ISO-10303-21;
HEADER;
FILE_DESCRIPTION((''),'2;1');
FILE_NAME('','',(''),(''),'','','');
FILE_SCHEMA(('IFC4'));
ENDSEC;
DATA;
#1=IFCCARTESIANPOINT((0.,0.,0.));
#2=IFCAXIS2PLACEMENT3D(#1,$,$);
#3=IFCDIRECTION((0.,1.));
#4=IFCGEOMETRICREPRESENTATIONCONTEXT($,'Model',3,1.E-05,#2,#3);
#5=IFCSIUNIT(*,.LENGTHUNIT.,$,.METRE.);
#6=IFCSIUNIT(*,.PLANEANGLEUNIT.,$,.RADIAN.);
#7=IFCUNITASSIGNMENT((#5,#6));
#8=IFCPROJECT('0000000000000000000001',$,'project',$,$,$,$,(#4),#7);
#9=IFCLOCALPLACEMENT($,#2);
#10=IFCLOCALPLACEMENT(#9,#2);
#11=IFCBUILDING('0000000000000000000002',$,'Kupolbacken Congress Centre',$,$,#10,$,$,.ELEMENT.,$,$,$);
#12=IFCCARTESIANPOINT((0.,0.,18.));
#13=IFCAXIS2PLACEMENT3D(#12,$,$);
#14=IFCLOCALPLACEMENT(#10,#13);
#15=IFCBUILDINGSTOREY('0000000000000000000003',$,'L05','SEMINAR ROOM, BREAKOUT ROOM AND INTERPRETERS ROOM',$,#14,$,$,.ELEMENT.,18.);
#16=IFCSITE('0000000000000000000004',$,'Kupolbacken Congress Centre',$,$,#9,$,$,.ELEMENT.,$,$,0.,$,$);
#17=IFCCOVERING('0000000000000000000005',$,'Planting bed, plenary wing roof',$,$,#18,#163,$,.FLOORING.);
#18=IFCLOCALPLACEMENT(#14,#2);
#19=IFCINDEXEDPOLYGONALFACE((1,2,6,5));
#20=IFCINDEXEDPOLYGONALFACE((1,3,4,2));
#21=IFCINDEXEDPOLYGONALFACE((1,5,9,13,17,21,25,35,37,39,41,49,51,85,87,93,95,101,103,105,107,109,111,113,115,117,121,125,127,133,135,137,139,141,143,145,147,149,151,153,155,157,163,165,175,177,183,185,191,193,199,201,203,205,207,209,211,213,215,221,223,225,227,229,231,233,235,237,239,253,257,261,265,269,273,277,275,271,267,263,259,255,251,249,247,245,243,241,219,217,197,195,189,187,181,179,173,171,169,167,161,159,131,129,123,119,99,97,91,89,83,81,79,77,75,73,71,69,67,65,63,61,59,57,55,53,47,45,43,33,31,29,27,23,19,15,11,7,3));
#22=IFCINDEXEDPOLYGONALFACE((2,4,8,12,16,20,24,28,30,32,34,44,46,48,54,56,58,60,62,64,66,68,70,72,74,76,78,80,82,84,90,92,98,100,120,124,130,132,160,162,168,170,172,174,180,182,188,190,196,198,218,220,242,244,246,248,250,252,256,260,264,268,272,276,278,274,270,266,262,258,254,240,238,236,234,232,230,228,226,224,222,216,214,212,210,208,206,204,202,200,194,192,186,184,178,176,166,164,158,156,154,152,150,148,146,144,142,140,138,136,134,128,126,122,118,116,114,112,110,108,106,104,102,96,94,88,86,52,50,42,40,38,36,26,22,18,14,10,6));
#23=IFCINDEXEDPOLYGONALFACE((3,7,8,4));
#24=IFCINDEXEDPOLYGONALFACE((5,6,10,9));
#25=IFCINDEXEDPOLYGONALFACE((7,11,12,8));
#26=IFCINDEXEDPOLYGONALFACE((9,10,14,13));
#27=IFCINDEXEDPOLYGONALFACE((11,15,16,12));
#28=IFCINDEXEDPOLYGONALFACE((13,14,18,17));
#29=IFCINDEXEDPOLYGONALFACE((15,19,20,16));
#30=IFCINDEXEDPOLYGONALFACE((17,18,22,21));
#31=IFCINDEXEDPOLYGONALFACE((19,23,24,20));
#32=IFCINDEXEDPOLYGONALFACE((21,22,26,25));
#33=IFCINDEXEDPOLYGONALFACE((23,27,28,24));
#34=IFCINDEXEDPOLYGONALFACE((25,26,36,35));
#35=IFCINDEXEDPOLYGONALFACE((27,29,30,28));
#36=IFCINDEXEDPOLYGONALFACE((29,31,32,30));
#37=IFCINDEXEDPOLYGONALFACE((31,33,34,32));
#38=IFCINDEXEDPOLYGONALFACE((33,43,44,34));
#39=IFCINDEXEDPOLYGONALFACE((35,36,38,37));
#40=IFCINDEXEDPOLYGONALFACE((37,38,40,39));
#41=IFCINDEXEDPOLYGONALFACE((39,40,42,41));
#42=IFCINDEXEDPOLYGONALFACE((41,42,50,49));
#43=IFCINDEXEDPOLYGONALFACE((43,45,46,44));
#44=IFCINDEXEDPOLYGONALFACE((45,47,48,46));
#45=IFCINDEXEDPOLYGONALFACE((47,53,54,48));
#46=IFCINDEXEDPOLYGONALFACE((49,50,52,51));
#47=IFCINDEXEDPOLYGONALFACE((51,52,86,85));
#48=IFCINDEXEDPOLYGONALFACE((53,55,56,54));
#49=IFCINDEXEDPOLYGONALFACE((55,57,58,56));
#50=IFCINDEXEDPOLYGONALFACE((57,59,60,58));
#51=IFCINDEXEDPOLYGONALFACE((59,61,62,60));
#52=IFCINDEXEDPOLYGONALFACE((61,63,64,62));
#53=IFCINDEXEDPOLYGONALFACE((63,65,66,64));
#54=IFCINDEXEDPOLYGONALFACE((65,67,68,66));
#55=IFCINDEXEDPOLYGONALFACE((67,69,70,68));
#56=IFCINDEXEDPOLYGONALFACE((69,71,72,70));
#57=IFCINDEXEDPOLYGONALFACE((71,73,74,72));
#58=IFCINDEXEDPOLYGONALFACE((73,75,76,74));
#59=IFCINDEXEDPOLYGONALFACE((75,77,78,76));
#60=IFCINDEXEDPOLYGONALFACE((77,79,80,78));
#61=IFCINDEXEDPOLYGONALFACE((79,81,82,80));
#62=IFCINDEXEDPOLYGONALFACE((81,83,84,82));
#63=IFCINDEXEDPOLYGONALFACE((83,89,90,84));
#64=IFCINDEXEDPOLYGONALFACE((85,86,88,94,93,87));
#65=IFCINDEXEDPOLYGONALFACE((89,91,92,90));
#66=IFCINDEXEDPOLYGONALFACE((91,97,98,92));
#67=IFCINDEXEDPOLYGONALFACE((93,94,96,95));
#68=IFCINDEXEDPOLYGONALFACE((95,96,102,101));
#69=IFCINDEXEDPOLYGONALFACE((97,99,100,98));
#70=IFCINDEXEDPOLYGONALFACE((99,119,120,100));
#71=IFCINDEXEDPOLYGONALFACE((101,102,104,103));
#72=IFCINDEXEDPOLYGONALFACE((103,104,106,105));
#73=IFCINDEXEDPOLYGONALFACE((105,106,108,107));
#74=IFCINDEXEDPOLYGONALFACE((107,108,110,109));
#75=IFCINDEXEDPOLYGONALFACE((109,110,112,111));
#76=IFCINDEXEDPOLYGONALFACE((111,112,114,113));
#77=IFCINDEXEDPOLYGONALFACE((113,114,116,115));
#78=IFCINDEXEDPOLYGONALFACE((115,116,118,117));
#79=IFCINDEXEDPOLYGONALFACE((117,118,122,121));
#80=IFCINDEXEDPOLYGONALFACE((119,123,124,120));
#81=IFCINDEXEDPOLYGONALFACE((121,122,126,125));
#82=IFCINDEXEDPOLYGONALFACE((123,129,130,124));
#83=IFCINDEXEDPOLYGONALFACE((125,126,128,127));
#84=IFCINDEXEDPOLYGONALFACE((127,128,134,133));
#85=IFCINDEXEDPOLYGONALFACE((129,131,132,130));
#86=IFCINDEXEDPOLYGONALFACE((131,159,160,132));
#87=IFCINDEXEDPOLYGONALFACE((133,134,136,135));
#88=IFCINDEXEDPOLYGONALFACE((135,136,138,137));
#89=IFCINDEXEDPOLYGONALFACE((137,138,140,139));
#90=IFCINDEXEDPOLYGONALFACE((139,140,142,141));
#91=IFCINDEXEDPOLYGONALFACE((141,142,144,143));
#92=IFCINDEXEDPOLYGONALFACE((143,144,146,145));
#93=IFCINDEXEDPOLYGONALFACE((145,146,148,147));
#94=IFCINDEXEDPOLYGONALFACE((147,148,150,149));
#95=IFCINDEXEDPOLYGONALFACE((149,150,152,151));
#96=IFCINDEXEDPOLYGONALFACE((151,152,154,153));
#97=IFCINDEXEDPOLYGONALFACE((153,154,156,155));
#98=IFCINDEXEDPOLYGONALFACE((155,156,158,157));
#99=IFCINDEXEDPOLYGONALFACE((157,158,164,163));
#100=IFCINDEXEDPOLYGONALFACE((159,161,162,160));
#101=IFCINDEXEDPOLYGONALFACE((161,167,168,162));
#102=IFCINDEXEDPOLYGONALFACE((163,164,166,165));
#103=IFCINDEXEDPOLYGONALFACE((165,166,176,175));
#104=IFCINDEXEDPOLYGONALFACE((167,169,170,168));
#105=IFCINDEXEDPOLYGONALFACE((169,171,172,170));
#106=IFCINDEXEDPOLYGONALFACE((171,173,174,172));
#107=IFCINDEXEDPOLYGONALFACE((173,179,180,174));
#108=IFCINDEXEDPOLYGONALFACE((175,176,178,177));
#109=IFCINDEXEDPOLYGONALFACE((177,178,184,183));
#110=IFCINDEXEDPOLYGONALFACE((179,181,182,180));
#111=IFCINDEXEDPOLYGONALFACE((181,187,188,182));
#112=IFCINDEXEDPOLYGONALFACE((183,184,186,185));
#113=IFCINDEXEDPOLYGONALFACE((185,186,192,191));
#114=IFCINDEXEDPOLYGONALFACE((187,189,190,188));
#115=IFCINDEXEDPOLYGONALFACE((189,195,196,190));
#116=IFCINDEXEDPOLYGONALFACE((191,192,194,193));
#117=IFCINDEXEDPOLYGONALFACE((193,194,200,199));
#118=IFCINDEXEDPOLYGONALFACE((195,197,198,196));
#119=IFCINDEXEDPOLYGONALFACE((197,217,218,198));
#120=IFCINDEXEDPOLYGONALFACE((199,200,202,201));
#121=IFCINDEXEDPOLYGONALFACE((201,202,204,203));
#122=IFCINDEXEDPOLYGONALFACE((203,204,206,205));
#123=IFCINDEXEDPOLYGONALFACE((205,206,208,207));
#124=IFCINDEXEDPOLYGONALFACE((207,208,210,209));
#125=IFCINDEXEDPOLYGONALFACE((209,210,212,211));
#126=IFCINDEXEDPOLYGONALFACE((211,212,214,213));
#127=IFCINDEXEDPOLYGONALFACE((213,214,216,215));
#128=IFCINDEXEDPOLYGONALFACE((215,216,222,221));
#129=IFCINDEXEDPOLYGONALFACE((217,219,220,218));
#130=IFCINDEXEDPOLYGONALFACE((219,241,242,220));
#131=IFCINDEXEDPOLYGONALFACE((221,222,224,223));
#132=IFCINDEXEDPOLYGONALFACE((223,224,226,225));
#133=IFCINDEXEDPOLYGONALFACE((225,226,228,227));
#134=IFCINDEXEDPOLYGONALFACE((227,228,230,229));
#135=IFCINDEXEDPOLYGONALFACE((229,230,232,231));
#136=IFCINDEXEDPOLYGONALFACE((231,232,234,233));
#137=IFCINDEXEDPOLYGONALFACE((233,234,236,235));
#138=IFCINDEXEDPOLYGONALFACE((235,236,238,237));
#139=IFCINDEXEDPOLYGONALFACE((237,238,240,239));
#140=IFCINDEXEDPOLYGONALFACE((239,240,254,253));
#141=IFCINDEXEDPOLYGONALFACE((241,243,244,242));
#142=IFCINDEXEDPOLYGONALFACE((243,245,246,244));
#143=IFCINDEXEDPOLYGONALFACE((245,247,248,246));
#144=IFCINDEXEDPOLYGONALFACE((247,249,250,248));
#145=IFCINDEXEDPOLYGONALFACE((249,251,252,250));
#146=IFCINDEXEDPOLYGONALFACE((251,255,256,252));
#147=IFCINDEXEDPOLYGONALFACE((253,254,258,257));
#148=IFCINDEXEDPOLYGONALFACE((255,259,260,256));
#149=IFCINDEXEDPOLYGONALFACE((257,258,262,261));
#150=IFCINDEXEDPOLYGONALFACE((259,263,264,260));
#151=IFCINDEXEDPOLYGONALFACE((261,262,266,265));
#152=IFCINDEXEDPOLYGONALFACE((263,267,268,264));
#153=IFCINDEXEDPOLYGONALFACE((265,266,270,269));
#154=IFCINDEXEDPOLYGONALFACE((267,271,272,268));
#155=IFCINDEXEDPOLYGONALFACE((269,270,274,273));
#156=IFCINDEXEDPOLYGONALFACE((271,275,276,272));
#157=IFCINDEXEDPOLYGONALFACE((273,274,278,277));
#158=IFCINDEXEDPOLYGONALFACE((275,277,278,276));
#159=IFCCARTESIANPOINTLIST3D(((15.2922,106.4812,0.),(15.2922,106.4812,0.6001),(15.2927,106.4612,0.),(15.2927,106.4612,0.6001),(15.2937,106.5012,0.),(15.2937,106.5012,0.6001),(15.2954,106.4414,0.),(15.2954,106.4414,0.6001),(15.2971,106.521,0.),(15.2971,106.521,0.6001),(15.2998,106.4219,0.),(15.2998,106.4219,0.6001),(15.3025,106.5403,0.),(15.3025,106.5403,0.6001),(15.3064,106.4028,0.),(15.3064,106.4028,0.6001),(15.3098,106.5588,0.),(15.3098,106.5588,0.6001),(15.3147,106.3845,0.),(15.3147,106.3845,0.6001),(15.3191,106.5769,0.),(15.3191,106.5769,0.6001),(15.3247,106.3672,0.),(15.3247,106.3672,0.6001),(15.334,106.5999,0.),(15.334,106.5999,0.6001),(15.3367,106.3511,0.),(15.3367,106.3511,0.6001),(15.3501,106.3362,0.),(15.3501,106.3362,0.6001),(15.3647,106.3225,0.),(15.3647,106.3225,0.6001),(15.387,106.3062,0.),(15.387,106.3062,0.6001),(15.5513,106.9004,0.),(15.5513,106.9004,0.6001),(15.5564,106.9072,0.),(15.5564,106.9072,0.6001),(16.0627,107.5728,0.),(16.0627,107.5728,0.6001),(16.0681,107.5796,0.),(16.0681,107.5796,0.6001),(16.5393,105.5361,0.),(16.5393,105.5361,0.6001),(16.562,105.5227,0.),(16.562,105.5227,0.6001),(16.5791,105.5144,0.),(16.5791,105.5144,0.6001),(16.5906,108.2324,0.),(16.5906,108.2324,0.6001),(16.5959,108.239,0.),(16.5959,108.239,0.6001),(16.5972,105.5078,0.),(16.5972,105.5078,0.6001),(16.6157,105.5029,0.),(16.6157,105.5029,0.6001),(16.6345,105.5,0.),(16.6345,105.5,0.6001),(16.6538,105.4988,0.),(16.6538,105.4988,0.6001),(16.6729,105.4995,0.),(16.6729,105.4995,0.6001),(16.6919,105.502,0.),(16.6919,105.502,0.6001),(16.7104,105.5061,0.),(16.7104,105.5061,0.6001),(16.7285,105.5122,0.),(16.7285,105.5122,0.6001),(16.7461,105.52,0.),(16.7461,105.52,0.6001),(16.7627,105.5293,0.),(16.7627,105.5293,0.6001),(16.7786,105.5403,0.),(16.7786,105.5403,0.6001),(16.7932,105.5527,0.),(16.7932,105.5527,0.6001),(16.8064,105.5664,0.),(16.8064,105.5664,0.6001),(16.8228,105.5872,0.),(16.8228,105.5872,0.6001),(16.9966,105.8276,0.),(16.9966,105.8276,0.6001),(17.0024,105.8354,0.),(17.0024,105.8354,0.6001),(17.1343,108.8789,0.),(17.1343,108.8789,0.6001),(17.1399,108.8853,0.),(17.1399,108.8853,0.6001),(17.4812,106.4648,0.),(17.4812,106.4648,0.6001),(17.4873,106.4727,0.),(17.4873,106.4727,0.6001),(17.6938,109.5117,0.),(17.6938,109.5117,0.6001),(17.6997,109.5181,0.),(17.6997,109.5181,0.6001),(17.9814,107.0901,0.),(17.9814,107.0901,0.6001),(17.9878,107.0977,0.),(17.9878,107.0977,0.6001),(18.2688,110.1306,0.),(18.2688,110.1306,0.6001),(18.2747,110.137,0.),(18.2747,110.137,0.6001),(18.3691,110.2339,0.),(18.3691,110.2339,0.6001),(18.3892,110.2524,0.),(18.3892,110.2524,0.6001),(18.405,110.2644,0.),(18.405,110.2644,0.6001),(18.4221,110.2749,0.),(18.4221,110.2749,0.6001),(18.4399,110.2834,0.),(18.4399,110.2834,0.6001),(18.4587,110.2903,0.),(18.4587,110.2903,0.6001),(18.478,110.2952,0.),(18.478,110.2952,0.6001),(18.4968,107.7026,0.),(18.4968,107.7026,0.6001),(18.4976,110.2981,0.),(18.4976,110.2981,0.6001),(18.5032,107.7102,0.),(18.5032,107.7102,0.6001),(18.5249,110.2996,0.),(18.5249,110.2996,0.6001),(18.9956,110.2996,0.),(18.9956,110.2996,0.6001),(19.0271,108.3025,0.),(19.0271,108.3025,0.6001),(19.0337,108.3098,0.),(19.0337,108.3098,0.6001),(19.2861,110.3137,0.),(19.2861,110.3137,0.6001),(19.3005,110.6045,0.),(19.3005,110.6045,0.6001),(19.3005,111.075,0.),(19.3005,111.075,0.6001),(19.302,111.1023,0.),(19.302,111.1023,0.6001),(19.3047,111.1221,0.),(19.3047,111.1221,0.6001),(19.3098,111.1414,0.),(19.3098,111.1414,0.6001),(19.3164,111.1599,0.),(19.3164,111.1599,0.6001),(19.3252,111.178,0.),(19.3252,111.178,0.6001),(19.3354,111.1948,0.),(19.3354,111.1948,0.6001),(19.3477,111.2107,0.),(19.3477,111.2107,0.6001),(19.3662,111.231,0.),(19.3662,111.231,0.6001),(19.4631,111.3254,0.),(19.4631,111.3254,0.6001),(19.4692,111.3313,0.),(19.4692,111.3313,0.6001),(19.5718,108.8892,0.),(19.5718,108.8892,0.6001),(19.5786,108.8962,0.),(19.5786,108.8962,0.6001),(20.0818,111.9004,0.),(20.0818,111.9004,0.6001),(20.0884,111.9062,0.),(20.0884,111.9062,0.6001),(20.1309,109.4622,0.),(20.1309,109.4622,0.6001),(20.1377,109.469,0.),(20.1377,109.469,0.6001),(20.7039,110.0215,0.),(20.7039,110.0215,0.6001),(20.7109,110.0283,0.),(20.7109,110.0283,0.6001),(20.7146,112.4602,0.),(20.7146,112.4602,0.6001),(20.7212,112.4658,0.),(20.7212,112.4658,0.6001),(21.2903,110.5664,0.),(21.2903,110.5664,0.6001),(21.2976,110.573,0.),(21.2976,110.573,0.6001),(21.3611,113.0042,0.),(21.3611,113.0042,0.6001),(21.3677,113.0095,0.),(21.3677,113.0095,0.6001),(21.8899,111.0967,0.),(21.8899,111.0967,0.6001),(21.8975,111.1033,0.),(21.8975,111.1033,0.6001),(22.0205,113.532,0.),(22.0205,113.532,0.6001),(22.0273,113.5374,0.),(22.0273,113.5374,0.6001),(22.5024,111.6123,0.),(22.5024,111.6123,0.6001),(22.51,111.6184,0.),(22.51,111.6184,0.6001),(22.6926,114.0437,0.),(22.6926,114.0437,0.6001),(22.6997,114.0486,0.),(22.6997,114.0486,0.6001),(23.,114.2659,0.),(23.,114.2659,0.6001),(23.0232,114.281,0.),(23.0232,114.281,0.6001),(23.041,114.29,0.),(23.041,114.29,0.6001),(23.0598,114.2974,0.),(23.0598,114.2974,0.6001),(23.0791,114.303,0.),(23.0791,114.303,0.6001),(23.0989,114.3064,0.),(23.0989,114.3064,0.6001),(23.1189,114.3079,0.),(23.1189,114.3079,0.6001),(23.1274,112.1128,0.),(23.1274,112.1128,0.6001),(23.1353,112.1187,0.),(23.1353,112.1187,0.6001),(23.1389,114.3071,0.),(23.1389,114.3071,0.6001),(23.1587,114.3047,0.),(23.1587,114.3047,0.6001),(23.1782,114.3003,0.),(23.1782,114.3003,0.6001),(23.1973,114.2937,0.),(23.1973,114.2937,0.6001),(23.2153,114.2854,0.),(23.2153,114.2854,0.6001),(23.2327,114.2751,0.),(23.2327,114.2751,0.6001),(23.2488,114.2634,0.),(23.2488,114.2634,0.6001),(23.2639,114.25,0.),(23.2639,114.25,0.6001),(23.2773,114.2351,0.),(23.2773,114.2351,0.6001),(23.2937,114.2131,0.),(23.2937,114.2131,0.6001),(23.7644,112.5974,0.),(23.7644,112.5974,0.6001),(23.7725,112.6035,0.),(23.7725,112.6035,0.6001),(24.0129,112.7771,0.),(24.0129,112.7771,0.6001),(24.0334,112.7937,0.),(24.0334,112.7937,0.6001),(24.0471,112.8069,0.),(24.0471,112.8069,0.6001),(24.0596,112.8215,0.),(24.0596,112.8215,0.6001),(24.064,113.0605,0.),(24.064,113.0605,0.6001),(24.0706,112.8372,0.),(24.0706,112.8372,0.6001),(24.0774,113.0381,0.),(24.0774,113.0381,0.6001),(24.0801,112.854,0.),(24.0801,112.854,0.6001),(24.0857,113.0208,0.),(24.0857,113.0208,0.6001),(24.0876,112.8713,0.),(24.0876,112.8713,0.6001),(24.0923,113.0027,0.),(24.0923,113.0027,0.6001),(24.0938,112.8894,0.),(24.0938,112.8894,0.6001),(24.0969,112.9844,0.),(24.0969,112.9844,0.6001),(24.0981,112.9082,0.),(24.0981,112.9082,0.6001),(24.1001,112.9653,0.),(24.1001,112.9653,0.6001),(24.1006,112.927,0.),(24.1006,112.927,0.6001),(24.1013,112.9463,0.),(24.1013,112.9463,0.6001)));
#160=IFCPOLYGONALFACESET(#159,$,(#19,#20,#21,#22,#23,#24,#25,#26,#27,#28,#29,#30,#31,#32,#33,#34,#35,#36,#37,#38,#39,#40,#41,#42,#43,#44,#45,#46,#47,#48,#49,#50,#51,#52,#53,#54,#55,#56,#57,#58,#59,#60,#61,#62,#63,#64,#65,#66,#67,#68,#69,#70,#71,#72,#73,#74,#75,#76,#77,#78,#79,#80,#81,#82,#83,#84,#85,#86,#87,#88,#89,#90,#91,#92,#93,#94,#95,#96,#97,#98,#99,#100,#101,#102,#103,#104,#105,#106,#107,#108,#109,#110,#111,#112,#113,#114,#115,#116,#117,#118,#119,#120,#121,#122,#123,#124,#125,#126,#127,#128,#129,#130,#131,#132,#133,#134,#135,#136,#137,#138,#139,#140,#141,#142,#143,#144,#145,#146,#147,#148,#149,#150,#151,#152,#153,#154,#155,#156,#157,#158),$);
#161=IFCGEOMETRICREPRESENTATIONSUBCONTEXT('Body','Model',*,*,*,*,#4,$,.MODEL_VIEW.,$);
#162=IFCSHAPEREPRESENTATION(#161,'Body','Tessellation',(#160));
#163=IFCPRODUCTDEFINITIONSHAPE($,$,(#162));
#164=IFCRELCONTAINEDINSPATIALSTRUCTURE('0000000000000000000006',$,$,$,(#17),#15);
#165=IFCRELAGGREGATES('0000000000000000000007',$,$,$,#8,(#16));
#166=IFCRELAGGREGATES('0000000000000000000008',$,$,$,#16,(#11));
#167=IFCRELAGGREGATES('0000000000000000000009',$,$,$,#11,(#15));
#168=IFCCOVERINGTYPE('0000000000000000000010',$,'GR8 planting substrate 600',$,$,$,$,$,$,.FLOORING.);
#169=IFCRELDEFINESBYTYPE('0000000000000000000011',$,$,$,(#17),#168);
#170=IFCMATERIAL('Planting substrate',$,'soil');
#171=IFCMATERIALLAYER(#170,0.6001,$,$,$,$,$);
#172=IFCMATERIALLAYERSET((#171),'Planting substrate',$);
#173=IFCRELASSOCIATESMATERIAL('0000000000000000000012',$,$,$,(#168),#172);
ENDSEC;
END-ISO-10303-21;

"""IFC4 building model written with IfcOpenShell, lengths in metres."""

from ifc_helpers import new_model, si_unit, direction, frame, origin, place, context, subcontext, project, spatial, polyline, outline, extrude, material, layer, layer_set, type_object, element, save


model = new_model("IFC4")

# Units and contexts
model_context = context("Model", 3, precision=1e-05, world=origin(), true_north=direction((0.0, 1.0)))
body_context = subcontext(model_context, "Body", "Model", "MODEL_VIEW")
ifc_project = project(units=[si_unit("LENGTHUNIT", "METRE"), si_unit("PLANEANGLEUNIT", "RADIAN")], contexts=[model_context])

# Site, building, storey
site_placement = place(None, origin())
site = spatial("IfcSite", under=ifc_project, at=site_placement, Name="Kupolbacken Congress Centre", CompositionType="ELEMENT", RefElevation=0.0)
building_placement = place(site_placement, origin())
building = spatial("IfcBuilding", under=site, at=building_placement, Name="Kupolbacken Congress Centre", CompositionType="ELEMENT")
storey_placement = place(building_placement, frame((0.0, 0.0, 18.0)))
storey = spatial("IfcBuildingStorey", under=building, at=storey_placement, Name="L05", Description="SEMINAR ROOM, BREAKOUT ROOM AND INTERPRETERS ROOM", CompositionType="ELEMENT", Elevation=18.0)

# Covering
ifc_material_1 = material(Name="Planting substrate", Category="soil")
ifc_layer_1 = layer(ifc_material_1, 0.6001)
ifc_layer_set_1 = layer_set([ifc_layer_1], Name="Planting substrate")
covering_type_1 = type_object("IfcCoveringType", Name="GR8 planting substrate 600", PredefinedType="FLOORING", material=ifc_layer_set_1)
covering_1_placement = place(storey_placement, origin())
element("IfcCovering", 1, at=covering_1_placement, inside=storey, type_object=covering_type_1, Name="Planting bed, plenary wing roof", PredefinedType="FLOORING", context=body_context, shape_type="SweptSolid", body=[
    extrude(outline(polyline([(15.387, 106.3062), (15.3647, 106.3225), (15.3501, 106.3362), (15.3367, 106.3511), (15.3247, 106.3672), (15.3147, 106.3845), (15.3064, 106.4028), (15.2998, 106.4219), (15.2954, 106.4414), (15.2927, 106.4612), (15.2922, 106.4812), (15.2937, 106.5012), (15.2971, 106.521), (15.3025, 106.5403), (15.3098, 106.5588), (15.3191, 106.5769), (15.334, 106.5999), (15.5513, 106.9004), (15.5564, 106.9072), (16.0627, 107.5728), (16.0681, 107.5796), (16.5906, 108.2324), (16.5959, 108.239), (17.1343, 108.8789), (17.1399, 108.8853), (17.6938, 109.5117), (17.6997, 109.5181), (18.2688, 110.1306), (18.2747, 110.137), (18.3691, 110.2339), (18.3892, 110.2524), (18.405, 110.2644), (18.4221, 110.2749), (18.4399, 110.2834), (18.4587, 110.2903), (18.478, 110.2952), (18.4976, 110.2981), (18.5249, 110.2996), (18.9956, 110.2996), (19.2861, 110.3137), (19.3005, 110.6045), (19.3005, 111.075), (19.302, 111.1023), (19.3047, 111.1221), (19.3098, 111.1414), (19.3164, 111.1599), (19.3252, 111.178), (19.3354, 111.1948), (19.3477, 111.2107), (19.3662, 111.231), (19.4631, 111.3254), (19.4692, 111.3313), (20.0818, 111.9004), (20.0884, 111.9062), (20.7146, 112.4602), (20.7212, 112.4658), (21.3611, 113.0042), (21.3677, 113.0095), (22.0205, 113.532), (22.0273, 113.5374), (22.6926, 114.0437), (22.6997, 114.0486), (23.0, 114.2659), (23.0232, 114.281), (23.041, 114.29), (23.0598, 114.2974), (23.0791, 114.303), (23.0989, 114.3064), (23.1189, 114.3079), (23.1389, 114.3071), (23.1587, 114.3047), (23.1782, 114.3003), (23.1973, 114.2937), (23.2153, 114.2854), (23.2327, 114.2751), (23.2488, 114.2634), (23.2639, 114.25), (23.2773, 114.2351), (23.2937, 114.2131), (24.064, 113.0605), (24.0774, 113.0381), (24.0857, 113.0208), (24.0923, 113.0027), (24.0969, 112.9844), (24.1001, 112.9653), (24.1013, 112.9463), (24.1006, 112.927), (24.0981, 112.9082), (24.0938, 112.8894), (24.0876, 112.8713), (24.0801, 112.854), (24.0706, 112.8372), (24.0596, 112.8215), (24.0471, 112.8069), (24.0334, 112.7937), (24.0129, 112.7771), (23.7725, 112.6035), (23.7644, 112.5974), (23.1353, 112.1187), (23.1274, 112.1128), (22.51, 111.6184), (22.5024, 111.6123), (21.8975, 111.1033), (21.8899, 111.0967), (21.2976, 110.573), (21.2903, 110.5664), (20.7109, 110.0283), (20.7039, 110.0215), (20.1377, 109.469), (20.1309, 109.4622), (19.5786, 108.8962), (19.5718, 108.8892), (19.0337, 108.3098), (19.0271, 108.3025), (18.5032, 107.7102), (18.4968, 107.7026), (17.9878, 107.0977), (17.9814, 107.0901), (17.4873, 106.4727), (17.4812, 106.4648), (17.0024, 105.8354), (16.9966, 105.8276), (16.8228, 105.5872), (16.8064, 105.5664), (16.7932, 105.5527), (16.7786, 105.5403), (16.7627, 105.5293), (16.7461, 105.52), (16.7285, 105.5122), (16.7104, 105.5061), (16.6919, 105.502), (16.6729, 105.4995), (16.6538, 105.4988), (16.6345, 105.5), (16.6157, 105.5029), (16.5972, 105.5078), (16.5791, 105.5144), (16.562, 105.5227), (16.5393, 105.5361), (15.387, 106.3062)])), origin(), (0.0, 0.0, 1.0), 0.6001),
])

save(model, "model.ifc")
